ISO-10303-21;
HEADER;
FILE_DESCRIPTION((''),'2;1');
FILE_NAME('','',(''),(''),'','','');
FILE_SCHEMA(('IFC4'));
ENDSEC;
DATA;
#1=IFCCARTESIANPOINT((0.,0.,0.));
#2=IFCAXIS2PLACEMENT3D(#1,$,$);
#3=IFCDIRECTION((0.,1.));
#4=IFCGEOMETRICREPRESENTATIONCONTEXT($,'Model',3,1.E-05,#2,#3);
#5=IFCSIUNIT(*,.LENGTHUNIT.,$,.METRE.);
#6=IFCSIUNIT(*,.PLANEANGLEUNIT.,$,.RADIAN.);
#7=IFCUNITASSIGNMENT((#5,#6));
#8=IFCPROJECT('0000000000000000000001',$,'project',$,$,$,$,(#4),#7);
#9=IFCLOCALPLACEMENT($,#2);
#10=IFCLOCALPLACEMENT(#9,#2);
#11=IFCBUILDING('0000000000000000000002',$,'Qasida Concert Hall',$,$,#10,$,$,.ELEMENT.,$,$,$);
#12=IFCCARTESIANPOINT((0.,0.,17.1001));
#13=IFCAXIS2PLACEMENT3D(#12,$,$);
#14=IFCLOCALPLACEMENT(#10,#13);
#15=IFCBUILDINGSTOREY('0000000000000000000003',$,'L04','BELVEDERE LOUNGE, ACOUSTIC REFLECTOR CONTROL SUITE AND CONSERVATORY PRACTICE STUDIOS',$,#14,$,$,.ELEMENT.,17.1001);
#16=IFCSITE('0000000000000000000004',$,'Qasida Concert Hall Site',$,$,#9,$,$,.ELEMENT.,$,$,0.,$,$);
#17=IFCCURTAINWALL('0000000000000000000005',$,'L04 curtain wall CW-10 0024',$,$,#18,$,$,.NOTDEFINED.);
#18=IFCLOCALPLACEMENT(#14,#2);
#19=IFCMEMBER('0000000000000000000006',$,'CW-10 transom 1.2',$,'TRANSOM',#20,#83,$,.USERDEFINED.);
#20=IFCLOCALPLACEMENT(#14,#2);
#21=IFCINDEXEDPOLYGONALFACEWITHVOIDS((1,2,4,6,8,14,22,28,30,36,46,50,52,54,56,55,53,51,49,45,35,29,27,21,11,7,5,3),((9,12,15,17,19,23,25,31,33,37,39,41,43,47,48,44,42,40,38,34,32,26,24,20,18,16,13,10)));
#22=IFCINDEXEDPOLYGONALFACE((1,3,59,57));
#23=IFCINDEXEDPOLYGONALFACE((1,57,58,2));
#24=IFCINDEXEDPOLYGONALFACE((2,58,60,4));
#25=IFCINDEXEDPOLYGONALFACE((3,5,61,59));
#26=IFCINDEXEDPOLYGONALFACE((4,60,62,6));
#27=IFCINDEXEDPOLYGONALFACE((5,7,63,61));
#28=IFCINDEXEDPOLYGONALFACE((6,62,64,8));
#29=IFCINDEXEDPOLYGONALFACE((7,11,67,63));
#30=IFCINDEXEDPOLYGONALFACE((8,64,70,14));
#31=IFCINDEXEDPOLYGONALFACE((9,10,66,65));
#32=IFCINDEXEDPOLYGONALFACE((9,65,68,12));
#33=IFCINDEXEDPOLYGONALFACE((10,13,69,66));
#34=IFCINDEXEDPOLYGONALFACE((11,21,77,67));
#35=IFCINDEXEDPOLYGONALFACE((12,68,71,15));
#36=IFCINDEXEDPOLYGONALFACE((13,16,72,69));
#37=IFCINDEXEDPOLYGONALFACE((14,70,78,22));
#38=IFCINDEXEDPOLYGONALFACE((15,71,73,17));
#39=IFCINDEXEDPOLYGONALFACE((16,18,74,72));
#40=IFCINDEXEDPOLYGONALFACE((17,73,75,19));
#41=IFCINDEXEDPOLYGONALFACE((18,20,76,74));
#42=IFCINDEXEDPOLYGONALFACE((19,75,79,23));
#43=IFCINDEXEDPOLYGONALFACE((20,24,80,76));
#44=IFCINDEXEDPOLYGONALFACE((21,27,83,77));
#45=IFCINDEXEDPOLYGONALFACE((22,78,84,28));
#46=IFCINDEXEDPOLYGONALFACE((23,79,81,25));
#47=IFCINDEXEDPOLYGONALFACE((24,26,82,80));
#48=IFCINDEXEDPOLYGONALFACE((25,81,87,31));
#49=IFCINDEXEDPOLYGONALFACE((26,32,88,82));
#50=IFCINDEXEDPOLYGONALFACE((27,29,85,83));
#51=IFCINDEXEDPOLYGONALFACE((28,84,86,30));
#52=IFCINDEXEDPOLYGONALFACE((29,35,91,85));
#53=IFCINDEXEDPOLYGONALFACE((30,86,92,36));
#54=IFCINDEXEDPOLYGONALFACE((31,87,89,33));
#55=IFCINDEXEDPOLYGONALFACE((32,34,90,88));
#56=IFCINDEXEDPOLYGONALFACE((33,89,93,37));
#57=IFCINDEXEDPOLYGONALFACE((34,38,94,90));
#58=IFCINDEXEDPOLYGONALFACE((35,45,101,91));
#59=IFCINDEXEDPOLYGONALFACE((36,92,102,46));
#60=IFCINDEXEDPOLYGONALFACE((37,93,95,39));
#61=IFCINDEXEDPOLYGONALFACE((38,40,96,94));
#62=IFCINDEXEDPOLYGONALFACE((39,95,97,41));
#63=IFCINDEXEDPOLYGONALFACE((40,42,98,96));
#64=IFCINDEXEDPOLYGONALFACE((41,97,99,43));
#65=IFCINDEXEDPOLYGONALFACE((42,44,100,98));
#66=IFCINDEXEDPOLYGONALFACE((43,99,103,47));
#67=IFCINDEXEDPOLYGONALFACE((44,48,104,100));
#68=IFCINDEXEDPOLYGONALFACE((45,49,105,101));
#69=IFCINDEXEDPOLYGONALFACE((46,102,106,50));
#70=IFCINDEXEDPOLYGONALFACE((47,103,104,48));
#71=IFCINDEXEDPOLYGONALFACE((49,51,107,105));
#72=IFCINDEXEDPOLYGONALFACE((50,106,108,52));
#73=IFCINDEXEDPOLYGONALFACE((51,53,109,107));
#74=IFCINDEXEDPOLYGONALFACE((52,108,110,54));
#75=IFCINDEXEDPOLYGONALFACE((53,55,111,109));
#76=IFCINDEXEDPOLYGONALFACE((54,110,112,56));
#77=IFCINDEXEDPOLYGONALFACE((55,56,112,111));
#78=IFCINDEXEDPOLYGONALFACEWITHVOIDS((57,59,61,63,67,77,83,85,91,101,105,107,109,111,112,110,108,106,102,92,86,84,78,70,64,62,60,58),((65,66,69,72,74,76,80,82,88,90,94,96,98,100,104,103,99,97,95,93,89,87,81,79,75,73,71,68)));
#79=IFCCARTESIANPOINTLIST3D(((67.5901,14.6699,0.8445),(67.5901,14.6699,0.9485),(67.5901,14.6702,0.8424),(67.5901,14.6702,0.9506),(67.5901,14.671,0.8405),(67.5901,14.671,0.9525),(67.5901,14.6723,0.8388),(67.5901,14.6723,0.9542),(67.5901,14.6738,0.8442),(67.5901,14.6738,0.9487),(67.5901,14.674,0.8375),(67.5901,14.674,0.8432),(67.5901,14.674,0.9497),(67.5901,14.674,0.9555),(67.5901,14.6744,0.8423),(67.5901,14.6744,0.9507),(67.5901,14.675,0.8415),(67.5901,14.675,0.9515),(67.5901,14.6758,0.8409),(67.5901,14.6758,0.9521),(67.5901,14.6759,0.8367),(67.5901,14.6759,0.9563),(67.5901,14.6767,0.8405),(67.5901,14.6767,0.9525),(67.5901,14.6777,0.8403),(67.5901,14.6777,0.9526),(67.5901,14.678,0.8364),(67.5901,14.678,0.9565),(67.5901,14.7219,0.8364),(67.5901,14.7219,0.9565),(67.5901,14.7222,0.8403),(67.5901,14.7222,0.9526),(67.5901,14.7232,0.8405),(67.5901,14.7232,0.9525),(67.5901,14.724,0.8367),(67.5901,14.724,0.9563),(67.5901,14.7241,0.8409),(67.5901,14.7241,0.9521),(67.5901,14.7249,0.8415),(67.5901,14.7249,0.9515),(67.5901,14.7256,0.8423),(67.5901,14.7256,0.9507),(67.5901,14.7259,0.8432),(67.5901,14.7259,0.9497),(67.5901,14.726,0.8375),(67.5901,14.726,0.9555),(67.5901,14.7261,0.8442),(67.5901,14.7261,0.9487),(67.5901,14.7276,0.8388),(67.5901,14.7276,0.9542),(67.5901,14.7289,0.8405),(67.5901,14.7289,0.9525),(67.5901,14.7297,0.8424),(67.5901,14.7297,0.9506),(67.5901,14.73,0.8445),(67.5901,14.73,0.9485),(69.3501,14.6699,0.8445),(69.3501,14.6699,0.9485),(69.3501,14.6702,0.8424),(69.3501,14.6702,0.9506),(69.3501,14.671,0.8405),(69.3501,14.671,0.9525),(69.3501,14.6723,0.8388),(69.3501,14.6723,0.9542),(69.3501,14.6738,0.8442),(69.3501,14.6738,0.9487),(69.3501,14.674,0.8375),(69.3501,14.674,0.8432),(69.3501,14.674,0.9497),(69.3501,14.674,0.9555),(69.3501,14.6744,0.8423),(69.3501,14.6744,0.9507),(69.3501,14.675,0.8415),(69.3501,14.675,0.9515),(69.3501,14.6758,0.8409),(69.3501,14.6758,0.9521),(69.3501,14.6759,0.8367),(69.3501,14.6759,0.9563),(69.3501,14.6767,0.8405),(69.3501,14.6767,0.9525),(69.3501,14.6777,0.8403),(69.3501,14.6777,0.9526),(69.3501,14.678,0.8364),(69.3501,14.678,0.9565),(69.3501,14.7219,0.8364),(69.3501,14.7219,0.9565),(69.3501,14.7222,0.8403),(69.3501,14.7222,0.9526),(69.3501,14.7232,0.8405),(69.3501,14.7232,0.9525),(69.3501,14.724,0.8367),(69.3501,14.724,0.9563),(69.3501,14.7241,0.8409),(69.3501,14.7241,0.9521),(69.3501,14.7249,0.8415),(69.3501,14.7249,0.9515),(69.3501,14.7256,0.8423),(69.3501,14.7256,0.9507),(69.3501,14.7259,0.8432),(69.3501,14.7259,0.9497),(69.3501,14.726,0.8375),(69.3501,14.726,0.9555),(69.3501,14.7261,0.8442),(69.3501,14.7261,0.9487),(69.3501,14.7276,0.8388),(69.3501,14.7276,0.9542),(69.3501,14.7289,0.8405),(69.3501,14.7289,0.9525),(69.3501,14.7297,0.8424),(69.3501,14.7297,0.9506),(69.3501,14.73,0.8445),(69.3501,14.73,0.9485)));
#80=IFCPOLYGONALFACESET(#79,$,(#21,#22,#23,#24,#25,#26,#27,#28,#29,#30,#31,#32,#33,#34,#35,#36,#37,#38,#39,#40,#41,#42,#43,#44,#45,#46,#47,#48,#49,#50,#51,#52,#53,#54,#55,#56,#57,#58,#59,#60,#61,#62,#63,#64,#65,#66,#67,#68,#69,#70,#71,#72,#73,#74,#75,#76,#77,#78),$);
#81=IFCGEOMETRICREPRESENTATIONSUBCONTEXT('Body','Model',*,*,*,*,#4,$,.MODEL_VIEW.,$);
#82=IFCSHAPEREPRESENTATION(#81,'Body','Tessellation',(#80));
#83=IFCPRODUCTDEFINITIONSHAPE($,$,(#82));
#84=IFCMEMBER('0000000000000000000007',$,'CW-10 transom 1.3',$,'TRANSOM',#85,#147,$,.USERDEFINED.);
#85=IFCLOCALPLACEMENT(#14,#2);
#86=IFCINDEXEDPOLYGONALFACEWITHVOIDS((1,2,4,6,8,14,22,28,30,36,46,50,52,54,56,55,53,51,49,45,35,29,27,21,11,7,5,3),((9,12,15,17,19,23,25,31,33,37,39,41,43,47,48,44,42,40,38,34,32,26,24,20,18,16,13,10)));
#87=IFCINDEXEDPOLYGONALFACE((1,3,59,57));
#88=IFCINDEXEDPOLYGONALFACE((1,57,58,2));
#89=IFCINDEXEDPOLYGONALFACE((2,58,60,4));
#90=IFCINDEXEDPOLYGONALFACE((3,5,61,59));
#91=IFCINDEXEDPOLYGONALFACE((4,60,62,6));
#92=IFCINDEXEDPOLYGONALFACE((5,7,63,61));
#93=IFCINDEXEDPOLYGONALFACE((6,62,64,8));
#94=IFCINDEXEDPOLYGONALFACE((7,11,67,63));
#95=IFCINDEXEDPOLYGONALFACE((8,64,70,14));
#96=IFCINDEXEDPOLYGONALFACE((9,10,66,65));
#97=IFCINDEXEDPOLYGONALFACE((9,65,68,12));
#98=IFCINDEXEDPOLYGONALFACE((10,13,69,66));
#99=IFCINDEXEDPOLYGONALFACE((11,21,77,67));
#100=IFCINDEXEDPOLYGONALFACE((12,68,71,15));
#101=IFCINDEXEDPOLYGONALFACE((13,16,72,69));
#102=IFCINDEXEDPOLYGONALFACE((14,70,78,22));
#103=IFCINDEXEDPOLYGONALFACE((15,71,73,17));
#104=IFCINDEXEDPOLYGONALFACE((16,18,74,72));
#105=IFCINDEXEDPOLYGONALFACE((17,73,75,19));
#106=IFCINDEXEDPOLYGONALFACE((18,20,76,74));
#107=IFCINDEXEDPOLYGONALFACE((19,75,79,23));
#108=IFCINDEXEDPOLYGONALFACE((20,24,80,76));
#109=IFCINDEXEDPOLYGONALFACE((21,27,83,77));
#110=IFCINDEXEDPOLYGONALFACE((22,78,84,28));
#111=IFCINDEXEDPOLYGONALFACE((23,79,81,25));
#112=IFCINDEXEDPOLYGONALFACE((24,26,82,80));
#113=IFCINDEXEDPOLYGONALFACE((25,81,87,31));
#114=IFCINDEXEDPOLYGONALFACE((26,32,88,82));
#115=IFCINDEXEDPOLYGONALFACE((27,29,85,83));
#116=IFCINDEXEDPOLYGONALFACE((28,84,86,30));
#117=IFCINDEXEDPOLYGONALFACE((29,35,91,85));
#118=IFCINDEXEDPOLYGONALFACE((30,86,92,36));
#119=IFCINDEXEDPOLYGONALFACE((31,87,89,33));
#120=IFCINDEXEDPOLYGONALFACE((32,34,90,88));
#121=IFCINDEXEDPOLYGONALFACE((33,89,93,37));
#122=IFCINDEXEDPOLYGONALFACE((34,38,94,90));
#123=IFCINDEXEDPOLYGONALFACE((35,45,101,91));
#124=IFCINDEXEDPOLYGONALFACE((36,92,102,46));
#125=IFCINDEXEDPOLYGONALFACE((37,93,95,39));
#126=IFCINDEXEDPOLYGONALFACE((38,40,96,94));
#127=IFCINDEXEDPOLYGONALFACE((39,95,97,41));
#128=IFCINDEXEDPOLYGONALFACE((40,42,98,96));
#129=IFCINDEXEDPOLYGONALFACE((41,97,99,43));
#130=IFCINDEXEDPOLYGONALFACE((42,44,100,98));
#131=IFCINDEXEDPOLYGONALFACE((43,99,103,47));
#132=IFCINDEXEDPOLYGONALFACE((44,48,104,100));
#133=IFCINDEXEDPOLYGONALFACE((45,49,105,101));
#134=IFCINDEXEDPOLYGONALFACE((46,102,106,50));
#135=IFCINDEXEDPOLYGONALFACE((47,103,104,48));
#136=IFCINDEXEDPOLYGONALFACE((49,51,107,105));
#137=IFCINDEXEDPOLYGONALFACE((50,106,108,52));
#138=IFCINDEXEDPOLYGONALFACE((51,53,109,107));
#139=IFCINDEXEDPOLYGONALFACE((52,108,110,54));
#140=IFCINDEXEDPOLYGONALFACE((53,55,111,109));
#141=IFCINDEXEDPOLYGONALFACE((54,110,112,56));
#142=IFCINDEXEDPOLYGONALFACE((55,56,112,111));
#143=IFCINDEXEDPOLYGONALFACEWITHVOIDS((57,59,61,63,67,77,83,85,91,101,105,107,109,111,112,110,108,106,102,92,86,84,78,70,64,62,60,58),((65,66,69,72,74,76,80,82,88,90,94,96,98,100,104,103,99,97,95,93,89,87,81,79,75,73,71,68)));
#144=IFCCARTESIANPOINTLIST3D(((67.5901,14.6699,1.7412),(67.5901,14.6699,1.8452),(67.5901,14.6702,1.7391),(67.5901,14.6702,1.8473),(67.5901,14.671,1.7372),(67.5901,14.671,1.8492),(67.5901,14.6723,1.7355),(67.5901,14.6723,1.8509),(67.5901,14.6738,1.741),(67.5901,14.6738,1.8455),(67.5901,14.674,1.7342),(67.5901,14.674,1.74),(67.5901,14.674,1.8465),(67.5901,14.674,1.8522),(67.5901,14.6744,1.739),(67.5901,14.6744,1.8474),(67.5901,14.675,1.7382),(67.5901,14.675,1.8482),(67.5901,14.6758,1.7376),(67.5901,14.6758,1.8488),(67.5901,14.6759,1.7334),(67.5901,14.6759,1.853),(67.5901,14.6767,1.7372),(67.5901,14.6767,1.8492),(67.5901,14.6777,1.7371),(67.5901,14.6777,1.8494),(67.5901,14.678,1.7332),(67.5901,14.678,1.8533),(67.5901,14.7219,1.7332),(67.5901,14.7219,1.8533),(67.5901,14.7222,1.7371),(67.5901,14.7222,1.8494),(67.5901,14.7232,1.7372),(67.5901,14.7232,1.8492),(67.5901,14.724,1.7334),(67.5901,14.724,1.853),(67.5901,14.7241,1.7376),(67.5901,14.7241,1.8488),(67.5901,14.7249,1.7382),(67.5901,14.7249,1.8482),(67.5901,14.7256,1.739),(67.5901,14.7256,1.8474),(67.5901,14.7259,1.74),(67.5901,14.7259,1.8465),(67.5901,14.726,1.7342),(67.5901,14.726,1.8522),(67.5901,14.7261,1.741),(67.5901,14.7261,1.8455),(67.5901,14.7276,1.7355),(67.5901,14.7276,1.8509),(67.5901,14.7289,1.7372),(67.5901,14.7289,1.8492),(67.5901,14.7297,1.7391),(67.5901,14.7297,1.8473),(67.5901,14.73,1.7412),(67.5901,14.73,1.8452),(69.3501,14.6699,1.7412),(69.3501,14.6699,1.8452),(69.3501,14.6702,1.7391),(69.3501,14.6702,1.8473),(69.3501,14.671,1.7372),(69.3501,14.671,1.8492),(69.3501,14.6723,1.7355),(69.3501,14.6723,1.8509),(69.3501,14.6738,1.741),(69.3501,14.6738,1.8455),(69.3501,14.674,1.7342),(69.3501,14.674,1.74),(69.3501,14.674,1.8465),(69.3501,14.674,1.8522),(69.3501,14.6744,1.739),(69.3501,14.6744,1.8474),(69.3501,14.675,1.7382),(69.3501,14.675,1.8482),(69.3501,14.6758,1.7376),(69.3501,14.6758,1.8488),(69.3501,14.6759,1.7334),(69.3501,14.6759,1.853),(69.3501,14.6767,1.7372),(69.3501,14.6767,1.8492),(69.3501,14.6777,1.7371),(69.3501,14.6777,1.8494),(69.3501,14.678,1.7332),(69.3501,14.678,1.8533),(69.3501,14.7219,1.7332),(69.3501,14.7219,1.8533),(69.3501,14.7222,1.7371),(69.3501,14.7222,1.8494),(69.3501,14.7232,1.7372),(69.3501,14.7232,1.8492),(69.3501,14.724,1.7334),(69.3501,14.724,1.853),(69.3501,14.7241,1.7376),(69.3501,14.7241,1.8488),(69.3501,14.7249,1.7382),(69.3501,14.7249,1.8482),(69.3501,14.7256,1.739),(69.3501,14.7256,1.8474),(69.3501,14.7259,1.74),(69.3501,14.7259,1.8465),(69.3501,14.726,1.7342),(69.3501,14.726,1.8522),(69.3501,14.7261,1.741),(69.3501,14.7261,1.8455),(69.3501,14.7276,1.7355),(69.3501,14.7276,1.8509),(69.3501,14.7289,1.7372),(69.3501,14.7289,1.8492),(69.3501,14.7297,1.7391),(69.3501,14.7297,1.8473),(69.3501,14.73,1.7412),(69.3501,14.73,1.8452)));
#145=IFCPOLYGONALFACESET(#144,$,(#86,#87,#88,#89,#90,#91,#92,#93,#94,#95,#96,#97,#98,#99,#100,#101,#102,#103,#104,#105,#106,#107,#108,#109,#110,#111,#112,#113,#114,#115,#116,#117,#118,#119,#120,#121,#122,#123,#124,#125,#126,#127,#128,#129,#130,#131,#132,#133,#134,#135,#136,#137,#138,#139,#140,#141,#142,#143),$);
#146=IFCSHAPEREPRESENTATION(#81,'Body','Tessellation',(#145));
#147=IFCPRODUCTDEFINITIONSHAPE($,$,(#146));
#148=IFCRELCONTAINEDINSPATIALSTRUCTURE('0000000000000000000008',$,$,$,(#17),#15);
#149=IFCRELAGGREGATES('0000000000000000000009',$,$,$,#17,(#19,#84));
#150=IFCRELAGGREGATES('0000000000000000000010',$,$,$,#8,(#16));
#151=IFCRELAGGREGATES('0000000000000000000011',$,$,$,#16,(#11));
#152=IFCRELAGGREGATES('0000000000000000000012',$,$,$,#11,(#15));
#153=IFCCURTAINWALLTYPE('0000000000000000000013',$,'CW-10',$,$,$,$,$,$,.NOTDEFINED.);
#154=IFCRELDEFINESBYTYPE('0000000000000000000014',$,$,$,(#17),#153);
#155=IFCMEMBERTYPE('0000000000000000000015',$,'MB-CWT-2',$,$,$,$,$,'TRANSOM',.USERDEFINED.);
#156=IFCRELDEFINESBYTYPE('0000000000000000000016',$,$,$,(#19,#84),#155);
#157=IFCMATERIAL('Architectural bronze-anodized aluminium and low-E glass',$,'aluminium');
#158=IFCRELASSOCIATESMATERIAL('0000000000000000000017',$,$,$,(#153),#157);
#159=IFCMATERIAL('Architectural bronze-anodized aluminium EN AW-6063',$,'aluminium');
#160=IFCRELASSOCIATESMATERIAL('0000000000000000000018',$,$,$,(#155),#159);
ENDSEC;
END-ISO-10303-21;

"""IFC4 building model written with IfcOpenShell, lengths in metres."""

from ifc_helpers import new_model, si_unit, direction, frame, origin, origin_2d, place, context, subcontext, project, spatial, hollow_rectangle, extrude, material, material_profile, profile_set, type_object, element, aggregate, save


model = new_model("IFC4")

# Units and contexts
model_context = context("Model", 3, precision=1e-05, world=origin(), true_north=direction((0.0, 1.0)))
body_context = subcontext(model_context, "Body", "Model", "MODEL_VIEW")
ifc_project = project(units=[si_unit("LENGTHUNIT", "METRE"), si_unit("PLANEANGLEUNIT", "RADIAN")], contexts=[model_context])

# Site, building, storey
site_placement = place(None, origin())
site = spatial("IfcSite", under=ifc_project, at=site_placement, Name="Qasida Concert Hall Site", CompositionType="ELEMENT", RefElevation=0.0)
building_placement = place(site_placement, origin())
building = spatial("IfcBuilding", under=site, at=building_placement, Name="Qasida Concert Hall", CompositionType="ELEMENT")
storey_placement = place(building_placement, frame((0.0, 0.0, 17.1001)))
storey = spatial("IfcBuildingStorey", under=building, at=storey_placement, Name="L04", Description="BELVEDERE LOUNGE, ACOUSTIC REFLECTOR CONTROL SUITE AND CONSERVATORY PRACTICE STUDIOS", CompositionType="ELEMENT", Elevation=17.1001)

# Curtain wall, members
ifc_material_1 = material(Name="Architectural bronze-anodized aluminium and low-E glass", Category="aluminium")
curtain_wall_type = type_object("IfcCurtainWallType", Name="CW-10", PredefinedType="NOTDEFINED", material=ifc_material_1)
curtain_wall_placement = place(storey_placement, origin())
curtain_wall = element("IfcCurtainWall", 1, at=curtain_wall_placement, inside=storey, type_object=curtain_wall_type, Name="L04 curtain wall CW-10 0024", PredefinedType="NOTDEFINED")
ifc_material_2 = material(Name="Architectural bronze-anodized aluminium EN AW-6063", Category="aluminium")
ifc_material_profile_1 = material_profile(ifc_material_2, hollow_rectangle(XDim=0.0601, YDim=0.1201, WallThickness=0.0039, InnerFilletRadius=0.0039, OuterFilletRadius=0.0081, at=origin_2d()), Name="CWT 120x60x4")
ifc_profile_set_1 = profile_set([ifc_material_profile_1], Name="Architectural bronze-anodized aluminium EN AW-6063")
member_type_1 = type_object("IfcMemberType", Name="MB-CWT-2", ElementType="TRANSOM", PredefinedType="USERDEFINED", material=ifc_profile_set_1)
member_1_placement = place(storey_placement, frame((67.5901, 14.7, 0.8965), z_axis=(1.0, 0.0, 0.0), x_axis=(0.0, 1.0, 0.0)))
member_1 = element("IfcMember", 2, at=member_1_placement, type_object=member_type_1, Name="CW-10 transom 1.2", ObjectType="TRANSOM", PredefinedType="USERDEFINED", context=body_context, shape_type="SweptSolid", body=[
    extrude(hollow_rectangle(XDim=0.0601, YDim=0.1201, WallThickness=0.0039, InnerFilletRadius=0.0039, OuterFilletRadius=0.0081, at=origin_2d()), origin(), (0.0, 0.0, 1.0), 1.76),
])
member_2_placement = place(storey_placement, frame((67.5901, 14.7, 1.7932), z_axis=(1.0, 0.0, 0.0), x_axis=(0.0, 1.0, 0.0)))
member_2 = element("IfcMember", 3, at=member_2_placement, type_object=member_type_1, Name="CW-10 transom 1.3", ObjectType="TRANSOM", PredefinedType="USERDEFINED", context=body_context, shape_type="SweptSolid", body=[
    extrude(hollow_rectangle(XDim=0.0601, YDim=0.1201, WallThickness=0.0039, InnerFilletRadius=0.0039, OuterFilletRadius=0.0081, at=origin_2d()), origin(), (0.0, 0.0, 1.0), 1.76),
])
aggregate(curtain_wall, [member_1, member_2])

save(model, "model.ifc")
